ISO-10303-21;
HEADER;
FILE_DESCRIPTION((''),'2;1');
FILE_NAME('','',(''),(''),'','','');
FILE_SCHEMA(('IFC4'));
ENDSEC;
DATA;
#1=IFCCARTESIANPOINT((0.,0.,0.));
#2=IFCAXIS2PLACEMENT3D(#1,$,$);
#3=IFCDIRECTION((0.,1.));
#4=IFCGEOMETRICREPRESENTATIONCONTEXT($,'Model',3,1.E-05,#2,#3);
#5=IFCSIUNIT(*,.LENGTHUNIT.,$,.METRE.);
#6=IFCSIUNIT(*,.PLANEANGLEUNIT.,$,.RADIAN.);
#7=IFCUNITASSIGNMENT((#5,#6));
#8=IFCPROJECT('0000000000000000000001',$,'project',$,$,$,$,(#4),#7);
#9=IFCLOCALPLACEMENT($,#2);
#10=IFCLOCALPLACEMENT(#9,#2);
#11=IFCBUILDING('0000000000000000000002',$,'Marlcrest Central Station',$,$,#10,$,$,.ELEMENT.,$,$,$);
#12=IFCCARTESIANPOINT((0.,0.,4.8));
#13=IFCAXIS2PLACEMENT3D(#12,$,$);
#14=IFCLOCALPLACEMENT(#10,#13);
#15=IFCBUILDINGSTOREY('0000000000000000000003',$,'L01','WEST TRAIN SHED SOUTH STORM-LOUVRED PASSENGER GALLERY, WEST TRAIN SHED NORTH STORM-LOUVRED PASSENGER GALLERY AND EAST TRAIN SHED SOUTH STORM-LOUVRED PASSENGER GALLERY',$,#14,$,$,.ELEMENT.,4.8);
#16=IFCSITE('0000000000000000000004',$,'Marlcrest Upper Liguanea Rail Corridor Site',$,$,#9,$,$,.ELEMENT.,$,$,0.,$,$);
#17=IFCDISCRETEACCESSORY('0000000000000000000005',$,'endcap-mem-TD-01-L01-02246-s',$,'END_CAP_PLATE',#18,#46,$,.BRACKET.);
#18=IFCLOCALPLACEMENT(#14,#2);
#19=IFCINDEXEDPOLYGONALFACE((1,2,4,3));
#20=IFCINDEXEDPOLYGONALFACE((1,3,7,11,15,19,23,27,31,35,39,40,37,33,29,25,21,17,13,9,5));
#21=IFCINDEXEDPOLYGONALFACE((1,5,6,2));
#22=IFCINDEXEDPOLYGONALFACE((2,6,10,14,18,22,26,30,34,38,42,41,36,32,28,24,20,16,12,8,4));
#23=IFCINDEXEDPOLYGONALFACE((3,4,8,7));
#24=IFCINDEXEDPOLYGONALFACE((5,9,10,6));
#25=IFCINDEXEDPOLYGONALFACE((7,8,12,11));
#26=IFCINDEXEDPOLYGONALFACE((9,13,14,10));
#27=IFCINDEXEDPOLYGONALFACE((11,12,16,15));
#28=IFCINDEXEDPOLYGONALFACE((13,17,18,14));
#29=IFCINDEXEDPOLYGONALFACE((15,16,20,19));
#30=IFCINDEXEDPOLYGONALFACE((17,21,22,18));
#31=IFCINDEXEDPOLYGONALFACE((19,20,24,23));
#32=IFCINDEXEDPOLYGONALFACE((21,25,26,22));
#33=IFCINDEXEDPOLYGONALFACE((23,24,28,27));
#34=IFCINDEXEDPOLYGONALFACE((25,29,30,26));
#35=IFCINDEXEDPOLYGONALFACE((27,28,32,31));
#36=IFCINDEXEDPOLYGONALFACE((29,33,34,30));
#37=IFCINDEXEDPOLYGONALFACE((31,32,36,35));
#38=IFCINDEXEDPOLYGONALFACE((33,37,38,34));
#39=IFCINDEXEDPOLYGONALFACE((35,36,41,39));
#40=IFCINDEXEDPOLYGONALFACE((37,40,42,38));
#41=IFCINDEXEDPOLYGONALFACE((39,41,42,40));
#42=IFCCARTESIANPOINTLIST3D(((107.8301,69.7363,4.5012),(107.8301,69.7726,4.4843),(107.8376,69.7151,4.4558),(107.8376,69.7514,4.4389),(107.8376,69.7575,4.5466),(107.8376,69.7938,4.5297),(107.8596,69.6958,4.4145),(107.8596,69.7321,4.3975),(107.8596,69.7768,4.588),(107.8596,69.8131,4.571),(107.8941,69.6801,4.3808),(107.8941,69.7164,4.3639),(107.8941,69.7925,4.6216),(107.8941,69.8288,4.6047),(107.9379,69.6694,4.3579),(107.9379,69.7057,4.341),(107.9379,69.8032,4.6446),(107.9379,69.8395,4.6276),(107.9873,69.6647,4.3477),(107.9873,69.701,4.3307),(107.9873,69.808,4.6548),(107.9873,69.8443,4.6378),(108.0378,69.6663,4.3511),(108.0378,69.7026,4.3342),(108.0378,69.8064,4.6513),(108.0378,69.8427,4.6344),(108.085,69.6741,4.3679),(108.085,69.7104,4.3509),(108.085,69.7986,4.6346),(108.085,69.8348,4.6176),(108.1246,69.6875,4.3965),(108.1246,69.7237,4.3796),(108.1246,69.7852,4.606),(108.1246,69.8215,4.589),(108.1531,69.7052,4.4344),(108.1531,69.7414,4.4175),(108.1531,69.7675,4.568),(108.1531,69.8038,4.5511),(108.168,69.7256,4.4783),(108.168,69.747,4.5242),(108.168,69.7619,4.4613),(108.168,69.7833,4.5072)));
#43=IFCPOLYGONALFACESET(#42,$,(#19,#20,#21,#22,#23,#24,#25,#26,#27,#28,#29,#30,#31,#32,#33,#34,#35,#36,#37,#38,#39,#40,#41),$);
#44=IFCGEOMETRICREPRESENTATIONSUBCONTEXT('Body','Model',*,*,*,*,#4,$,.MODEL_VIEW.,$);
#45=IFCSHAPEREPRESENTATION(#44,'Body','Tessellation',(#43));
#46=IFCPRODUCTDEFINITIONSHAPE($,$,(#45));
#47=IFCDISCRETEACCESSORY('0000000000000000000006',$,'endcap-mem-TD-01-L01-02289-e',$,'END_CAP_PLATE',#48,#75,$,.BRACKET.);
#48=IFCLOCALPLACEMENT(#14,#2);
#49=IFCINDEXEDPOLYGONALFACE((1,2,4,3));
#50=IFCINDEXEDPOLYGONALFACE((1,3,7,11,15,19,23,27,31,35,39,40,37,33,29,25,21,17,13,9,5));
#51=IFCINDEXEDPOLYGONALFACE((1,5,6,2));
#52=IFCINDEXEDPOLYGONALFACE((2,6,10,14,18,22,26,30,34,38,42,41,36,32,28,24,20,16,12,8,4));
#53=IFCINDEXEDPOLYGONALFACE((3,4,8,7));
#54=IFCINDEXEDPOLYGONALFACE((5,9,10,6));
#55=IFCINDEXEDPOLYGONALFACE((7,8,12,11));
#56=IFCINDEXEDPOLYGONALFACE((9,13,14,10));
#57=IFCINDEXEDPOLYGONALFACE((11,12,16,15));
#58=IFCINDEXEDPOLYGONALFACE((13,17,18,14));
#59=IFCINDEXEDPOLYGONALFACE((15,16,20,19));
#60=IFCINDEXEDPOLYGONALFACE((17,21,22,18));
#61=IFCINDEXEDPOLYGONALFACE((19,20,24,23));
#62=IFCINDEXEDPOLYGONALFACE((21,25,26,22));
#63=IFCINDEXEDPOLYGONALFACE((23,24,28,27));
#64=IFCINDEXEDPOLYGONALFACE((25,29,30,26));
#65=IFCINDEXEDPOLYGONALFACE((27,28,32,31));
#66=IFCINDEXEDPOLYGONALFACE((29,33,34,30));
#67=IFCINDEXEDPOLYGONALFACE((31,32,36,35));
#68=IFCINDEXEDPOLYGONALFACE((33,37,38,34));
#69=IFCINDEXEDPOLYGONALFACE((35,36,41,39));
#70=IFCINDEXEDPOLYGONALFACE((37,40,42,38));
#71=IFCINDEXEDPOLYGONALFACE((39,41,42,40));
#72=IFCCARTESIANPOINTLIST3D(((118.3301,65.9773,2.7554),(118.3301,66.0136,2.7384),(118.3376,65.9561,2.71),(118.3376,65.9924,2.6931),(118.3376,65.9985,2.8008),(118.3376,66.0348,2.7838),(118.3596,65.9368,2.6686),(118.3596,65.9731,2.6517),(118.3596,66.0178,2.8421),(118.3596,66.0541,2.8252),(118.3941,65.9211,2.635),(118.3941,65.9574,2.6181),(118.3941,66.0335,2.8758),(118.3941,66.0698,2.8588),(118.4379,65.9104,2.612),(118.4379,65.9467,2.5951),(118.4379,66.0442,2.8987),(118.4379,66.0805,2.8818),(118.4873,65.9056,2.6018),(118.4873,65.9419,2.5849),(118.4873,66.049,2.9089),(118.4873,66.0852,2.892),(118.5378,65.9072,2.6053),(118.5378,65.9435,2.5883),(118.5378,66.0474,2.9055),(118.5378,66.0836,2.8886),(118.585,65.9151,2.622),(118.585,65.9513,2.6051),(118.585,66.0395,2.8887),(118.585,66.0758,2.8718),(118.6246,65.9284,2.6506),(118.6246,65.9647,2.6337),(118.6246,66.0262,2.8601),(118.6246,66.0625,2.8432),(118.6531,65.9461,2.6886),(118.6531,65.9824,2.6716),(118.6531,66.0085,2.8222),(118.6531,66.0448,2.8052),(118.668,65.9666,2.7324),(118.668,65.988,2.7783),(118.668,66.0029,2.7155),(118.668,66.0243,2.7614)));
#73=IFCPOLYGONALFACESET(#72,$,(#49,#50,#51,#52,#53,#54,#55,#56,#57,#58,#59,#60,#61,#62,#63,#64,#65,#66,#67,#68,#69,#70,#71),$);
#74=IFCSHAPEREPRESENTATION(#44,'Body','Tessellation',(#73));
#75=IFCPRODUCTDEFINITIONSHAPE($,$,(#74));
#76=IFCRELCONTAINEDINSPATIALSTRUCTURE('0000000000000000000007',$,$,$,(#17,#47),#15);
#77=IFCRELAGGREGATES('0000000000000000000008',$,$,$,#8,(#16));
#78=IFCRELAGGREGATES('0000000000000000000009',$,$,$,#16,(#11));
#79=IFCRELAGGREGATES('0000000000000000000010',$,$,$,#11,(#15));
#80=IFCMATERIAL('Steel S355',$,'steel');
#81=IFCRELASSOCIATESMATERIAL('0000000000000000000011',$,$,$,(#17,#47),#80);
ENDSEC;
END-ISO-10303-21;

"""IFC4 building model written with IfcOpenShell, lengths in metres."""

from ifc_helpers import new_model, si_unit, direction, frame, origin, origin_2d, place, context, subcontext, project, spatial, circle, extrude, material, element, save


model = new_model("IFC4")

# Units and contexts
model_context = context("Model", 3, precision=1e-05, world=origin(), true_north=direction((0.0, 1.0)))
body_context = subcontext(model_context, "Body", "Model", "MODEL_VIEW")
ifc_project = project(units=[si_unit("LENGTHUNIT", "METRE"), si_unit("PLANEANGLEUNIT", "RADIAN")], contexts=[model_context])

# Site, building, storey
site_placement = place(None, origin())
site = spatial("IfcSite", under=ifc_project, at=site_placement, Name="Marlcrest Upper Liguanea Rail Corridor Site", CompositionType="ELEMENT", RefElevation=0.0)
building_placement = place(site_placement, origin())
building = spatial("IfcBuilding", under=site, at=building_placement, Name="Marlcrest Central Station", CompositionType="ELEMENT")
storey_placement = place(building_placement, frame((0.0, 0.0, 4.8)))
storey = spatial("IfcBuildingStorey", under=building, at=storey_placement, Name="L01", Description="WEST TRAIN SHED SOUTH STORM-LOUVRED PASSENGER GALLERY, WEST TRAIN SHED NORTH STORM-LOUVRED PASSENGER GALLERY AND EAST TRAIN SHED SOUTH STORM-LOUVRED PASSENGER GALLERY", CompositionType="ELEMENT", Elevation=4.8)

# Shared definitions
ifc_material = material(Name="Steel S355", Category="steel")

# Discrete accessories
for number, where, z_axis, x_axis, name in (
    (1, (108.0, 69.7363, 4.5012), (0.0, 0.906183, -0.422885), (-1.0, 0.0, 0.0), "endcap-mem-TD-01-L01-02246-s"),
    (2, (118.5, 65.9773, 2.7554), (0.0, 0.906183, -0.422885), (-1.0, 0.0, 0.0), "endcap-mem-TD-01-L01-02289-e"),
):
    element("IfcDiscreteAccessory", number, at=place(storey_placement, frame(where, z_axis=z_axis, x_axis=x_axis)), inside=storey, material=ifc_material, Name=name, ObjectType="END_CAP_PLATE", PredefinedType="BRACKET", context=body_context, shape_type="SweptSolid", body=[
        extrude(circle(Radius=0.1699, at=origin_2d()), origin(), (0.0, 0.0, 1.0), 0.04),
    ])

save(model, "model.ifc")
